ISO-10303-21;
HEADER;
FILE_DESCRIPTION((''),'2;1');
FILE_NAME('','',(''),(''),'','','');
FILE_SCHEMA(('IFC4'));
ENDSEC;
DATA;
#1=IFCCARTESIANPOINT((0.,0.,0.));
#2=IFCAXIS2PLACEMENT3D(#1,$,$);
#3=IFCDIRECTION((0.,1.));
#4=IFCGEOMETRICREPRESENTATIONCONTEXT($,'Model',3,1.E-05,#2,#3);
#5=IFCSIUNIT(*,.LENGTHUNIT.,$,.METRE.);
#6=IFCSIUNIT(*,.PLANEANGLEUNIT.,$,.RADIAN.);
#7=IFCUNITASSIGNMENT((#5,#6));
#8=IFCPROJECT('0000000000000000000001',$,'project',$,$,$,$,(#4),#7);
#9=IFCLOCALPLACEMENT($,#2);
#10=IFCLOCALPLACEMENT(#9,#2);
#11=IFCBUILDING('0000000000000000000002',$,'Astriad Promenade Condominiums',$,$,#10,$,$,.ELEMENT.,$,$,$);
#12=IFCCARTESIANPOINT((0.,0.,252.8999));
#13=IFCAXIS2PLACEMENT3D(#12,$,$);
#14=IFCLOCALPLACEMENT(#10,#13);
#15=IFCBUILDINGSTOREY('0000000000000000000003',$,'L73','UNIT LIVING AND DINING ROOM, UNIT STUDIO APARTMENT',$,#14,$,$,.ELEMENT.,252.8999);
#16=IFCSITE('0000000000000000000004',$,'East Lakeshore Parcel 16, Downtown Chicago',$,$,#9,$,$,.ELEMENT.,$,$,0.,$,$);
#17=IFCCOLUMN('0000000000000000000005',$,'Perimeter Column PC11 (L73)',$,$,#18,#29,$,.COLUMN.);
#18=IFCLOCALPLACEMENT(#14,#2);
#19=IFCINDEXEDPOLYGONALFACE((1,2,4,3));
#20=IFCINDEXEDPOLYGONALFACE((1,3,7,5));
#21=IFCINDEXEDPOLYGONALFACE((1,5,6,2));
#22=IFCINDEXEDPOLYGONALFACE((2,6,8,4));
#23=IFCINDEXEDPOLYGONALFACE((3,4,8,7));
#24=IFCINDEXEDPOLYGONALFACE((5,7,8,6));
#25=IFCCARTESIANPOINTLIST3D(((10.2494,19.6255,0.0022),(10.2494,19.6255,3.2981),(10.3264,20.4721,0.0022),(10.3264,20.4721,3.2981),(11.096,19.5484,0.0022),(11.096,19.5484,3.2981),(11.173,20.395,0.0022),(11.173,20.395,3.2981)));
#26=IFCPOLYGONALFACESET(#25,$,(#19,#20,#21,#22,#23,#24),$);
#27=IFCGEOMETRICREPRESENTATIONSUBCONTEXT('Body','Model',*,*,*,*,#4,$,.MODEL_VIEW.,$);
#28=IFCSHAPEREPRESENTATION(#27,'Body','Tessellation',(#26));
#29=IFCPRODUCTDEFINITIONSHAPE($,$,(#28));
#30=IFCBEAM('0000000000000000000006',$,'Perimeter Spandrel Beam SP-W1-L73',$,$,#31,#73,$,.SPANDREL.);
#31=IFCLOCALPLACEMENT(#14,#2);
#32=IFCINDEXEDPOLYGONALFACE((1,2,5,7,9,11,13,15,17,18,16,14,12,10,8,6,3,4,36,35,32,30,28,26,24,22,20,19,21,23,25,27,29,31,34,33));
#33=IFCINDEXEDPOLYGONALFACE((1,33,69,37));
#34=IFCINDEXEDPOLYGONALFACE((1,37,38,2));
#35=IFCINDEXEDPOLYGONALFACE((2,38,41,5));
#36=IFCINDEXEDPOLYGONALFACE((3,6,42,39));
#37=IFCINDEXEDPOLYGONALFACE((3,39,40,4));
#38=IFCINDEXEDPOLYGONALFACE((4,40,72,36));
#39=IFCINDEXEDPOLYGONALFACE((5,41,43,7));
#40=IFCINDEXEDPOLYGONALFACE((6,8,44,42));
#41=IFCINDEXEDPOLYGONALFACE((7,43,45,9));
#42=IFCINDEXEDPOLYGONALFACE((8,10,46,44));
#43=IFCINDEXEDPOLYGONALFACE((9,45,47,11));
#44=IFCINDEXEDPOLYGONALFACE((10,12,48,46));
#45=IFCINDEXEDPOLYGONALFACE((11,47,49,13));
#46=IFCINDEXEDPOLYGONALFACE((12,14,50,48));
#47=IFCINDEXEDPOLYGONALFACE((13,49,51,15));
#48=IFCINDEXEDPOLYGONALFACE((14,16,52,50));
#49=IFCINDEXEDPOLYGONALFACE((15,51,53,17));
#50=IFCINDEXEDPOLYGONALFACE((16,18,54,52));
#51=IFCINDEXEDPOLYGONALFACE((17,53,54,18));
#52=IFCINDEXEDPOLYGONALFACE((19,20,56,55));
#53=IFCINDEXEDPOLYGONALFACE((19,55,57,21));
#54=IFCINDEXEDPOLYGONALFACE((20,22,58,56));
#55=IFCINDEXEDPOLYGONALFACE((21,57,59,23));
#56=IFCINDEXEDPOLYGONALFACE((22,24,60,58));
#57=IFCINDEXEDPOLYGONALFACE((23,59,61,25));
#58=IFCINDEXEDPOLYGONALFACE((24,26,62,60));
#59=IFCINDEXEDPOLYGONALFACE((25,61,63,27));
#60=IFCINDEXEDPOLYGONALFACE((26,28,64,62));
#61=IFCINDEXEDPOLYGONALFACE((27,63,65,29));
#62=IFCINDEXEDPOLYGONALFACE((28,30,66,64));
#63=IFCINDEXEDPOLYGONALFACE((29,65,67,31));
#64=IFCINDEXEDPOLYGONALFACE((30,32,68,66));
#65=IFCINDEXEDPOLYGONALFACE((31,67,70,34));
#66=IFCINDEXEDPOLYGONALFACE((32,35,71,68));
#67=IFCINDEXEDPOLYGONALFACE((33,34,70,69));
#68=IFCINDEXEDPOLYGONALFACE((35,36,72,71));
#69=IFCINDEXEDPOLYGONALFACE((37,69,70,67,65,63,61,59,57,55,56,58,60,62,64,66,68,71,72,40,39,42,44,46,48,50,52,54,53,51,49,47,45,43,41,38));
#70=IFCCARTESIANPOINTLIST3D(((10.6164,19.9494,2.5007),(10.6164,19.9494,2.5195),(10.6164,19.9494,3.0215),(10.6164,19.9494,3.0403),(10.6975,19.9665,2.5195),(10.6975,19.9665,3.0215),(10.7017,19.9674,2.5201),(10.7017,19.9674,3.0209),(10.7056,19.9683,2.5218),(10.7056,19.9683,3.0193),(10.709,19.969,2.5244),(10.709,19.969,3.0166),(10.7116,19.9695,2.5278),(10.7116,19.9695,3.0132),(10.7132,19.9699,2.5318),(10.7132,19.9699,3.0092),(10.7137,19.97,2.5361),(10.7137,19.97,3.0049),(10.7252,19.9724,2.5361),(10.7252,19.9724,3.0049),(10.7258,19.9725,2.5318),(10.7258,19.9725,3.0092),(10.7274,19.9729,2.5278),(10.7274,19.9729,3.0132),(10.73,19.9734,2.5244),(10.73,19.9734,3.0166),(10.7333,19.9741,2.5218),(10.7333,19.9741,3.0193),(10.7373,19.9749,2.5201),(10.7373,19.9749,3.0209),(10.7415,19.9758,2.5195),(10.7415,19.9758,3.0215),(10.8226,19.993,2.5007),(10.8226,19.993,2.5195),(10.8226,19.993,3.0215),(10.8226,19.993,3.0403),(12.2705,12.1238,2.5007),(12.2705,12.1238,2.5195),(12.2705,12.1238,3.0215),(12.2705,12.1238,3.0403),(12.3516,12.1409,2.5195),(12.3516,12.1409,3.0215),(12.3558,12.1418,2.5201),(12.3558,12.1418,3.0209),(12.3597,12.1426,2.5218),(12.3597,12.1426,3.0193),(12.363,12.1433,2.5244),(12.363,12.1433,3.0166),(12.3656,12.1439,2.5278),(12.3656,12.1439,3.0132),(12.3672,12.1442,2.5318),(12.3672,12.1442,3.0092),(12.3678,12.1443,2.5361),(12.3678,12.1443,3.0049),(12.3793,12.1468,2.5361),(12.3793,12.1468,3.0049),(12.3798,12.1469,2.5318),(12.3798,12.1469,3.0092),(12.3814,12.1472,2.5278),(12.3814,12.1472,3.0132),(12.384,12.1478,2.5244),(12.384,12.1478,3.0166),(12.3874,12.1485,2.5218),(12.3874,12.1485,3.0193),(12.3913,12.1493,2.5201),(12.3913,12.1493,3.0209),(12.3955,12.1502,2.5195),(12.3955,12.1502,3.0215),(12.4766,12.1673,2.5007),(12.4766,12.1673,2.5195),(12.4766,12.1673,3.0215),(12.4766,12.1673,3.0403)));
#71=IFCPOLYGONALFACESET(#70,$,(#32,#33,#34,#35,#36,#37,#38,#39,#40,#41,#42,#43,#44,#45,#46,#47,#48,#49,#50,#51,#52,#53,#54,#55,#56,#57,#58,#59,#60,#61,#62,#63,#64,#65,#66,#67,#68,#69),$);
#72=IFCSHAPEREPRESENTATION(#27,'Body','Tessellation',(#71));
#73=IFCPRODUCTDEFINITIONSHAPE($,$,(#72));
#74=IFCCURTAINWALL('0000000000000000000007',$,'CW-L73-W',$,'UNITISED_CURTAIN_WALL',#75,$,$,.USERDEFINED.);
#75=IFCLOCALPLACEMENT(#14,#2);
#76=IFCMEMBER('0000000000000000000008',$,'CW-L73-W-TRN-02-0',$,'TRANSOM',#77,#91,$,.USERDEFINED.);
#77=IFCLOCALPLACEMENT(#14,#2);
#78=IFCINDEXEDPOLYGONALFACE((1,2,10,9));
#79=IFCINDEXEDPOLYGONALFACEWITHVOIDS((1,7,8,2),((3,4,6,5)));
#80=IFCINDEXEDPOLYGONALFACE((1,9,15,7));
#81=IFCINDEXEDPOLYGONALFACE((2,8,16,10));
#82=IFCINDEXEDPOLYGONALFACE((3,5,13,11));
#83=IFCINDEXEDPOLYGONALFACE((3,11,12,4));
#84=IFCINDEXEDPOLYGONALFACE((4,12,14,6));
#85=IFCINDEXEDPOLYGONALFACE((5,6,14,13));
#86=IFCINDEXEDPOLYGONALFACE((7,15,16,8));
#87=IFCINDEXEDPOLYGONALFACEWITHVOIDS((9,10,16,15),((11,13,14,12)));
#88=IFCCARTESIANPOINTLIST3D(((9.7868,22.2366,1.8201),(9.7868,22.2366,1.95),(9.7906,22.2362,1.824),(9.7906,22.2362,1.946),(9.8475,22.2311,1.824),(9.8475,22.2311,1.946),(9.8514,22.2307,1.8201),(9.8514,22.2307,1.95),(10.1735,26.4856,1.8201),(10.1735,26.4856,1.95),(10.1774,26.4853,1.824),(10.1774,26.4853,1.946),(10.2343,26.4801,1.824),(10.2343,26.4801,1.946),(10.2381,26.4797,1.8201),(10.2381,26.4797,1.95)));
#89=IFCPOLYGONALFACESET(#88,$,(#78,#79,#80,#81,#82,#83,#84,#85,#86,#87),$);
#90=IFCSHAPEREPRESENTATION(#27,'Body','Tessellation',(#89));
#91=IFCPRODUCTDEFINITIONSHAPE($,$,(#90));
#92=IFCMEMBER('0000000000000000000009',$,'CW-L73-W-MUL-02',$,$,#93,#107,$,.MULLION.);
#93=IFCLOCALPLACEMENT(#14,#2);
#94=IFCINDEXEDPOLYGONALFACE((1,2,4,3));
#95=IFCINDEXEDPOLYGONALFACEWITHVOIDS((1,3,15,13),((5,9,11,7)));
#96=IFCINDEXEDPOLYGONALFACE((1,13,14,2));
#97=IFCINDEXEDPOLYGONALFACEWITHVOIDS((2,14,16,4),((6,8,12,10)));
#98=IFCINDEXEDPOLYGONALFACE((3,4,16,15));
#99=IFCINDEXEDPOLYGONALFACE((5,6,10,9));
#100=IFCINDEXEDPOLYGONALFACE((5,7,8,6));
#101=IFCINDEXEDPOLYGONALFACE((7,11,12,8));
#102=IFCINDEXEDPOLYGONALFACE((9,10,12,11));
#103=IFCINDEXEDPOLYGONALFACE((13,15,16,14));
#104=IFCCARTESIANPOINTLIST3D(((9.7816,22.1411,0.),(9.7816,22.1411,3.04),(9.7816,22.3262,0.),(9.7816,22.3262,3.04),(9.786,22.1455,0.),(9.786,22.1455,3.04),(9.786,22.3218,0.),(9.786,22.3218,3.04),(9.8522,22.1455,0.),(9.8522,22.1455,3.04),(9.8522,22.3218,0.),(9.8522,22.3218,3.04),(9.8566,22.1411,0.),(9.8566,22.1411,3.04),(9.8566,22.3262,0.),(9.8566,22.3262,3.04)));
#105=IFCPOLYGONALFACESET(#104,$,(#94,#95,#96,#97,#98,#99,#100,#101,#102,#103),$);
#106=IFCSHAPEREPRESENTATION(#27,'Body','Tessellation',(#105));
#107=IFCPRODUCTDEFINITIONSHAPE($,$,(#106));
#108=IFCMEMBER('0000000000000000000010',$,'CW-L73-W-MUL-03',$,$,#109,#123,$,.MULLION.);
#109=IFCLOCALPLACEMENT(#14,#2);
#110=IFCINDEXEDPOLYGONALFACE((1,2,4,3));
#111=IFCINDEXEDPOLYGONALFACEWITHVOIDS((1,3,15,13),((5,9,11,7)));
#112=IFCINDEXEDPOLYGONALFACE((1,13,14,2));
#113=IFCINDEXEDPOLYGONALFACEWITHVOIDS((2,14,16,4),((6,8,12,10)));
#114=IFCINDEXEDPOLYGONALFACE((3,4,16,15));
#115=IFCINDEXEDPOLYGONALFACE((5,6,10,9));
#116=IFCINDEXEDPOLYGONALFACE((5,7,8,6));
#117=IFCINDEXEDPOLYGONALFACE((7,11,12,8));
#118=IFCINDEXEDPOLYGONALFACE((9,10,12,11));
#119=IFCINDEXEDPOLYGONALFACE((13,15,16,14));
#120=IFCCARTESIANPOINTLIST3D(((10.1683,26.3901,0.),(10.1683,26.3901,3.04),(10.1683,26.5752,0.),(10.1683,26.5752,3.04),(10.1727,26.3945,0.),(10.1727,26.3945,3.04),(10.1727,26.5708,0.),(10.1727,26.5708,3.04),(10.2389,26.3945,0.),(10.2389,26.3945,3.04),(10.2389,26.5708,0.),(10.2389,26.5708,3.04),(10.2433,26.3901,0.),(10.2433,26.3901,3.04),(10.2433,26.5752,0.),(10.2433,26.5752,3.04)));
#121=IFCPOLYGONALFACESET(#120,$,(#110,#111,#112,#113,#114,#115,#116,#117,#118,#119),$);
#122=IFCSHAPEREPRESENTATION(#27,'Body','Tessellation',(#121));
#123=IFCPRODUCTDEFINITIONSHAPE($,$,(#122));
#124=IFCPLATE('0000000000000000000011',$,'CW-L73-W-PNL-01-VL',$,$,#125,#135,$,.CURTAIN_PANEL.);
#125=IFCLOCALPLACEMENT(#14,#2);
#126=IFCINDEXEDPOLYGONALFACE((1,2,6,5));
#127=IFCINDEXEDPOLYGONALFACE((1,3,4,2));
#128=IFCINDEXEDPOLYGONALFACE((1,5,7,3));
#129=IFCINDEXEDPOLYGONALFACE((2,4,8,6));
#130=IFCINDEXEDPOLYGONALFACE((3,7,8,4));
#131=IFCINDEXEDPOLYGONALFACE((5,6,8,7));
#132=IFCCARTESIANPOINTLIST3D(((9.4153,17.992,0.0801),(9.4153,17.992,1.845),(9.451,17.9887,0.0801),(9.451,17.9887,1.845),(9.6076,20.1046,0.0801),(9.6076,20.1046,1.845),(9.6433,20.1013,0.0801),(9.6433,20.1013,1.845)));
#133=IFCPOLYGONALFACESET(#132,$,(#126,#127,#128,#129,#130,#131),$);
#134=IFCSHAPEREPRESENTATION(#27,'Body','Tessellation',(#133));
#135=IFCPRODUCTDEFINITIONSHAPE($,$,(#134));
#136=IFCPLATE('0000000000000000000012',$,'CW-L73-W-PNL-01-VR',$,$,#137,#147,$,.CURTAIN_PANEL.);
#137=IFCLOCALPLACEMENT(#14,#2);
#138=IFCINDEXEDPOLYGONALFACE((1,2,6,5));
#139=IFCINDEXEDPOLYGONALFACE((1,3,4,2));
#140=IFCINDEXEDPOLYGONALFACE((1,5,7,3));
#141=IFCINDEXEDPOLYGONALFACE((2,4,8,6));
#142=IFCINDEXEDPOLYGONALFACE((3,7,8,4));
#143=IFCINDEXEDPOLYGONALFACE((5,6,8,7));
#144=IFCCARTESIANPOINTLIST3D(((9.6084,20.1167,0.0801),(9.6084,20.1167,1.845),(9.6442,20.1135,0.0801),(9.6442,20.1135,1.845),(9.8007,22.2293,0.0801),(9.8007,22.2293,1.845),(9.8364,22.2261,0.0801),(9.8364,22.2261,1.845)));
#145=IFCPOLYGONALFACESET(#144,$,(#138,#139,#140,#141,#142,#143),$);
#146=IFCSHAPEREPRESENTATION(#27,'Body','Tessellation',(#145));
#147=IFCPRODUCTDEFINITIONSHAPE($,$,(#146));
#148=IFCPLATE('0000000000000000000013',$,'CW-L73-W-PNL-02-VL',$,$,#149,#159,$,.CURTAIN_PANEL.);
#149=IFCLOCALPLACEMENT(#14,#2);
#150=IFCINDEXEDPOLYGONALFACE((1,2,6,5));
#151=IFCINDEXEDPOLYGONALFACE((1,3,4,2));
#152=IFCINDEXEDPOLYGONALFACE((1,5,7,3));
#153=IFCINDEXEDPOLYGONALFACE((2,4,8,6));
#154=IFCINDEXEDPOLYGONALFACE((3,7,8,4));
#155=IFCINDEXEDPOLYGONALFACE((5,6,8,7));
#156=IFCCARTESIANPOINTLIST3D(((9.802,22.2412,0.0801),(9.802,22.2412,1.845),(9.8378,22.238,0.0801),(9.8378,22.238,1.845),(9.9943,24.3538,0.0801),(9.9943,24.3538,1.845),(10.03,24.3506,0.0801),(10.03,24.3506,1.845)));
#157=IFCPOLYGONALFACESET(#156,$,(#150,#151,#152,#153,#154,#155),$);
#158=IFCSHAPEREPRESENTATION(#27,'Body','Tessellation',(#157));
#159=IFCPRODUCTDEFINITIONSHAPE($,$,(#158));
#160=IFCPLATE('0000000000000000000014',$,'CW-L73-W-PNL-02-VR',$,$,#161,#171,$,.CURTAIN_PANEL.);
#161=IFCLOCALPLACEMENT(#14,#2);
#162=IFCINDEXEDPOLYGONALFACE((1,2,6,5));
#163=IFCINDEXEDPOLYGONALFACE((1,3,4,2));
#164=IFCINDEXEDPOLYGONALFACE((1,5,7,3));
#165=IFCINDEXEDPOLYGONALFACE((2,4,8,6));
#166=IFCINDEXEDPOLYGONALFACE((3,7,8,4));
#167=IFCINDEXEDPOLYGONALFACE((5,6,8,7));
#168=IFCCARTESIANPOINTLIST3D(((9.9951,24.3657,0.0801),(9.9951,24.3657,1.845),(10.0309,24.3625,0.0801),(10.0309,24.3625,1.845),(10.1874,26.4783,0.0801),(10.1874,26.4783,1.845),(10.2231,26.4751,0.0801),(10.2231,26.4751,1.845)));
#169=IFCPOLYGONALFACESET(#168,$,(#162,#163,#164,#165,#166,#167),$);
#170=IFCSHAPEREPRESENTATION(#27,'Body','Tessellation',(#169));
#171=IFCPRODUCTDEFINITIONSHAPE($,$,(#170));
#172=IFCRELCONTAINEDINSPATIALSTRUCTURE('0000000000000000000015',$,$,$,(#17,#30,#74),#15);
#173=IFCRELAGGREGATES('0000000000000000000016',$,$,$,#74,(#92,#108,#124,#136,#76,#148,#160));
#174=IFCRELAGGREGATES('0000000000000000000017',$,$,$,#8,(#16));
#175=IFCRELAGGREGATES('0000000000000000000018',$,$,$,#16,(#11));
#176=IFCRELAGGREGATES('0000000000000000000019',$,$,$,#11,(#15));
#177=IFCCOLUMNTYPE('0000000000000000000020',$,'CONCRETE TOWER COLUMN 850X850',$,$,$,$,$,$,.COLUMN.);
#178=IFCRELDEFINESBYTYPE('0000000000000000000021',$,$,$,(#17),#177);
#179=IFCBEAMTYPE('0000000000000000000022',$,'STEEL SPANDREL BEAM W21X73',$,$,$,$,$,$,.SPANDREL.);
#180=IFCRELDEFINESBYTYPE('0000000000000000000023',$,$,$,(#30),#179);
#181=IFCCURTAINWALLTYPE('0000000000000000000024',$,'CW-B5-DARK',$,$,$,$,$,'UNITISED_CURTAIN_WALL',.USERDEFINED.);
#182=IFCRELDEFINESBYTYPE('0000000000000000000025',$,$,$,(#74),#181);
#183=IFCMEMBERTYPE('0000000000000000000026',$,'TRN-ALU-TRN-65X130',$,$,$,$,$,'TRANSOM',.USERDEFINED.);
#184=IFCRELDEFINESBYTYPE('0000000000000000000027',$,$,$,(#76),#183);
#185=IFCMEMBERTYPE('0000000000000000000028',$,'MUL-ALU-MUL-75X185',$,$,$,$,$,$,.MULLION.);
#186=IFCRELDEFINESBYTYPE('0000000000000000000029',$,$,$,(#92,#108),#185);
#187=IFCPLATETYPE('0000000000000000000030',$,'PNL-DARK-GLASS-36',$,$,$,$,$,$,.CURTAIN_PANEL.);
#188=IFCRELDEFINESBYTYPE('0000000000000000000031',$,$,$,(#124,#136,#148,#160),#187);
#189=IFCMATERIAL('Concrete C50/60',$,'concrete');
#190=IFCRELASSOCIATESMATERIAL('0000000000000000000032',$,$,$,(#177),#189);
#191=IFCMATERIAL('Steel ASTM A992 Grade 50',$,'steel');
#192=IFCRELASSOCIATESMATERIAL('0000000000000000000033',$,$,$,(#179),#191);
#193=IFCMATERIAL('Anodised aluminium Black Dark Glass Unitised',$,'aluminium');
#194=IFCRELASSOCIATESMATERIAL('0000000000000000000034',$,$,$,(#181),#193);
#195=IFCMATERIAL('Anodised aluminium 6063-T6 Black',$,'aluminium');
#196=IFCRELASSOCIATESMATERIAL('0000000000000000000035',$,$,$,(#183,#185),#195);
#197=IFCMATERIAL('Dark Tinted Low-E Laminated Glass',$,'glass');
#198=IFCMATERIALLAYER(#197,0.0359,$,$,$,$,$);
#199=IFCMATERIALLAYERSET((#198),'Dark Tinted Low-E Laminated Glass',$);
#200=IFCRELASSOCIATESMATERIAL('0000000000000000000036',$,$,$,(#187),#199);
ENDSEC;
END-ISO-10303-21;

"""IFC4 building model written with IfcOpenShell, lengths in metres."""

from ifc_helpers import new_model, si_unit, direction, frame, origin, origin_2d, place, context, subcontext, project, spatial, rectangle, hollow_rectangle, i_section, extrude, source, transform, mapped, material, layer, layer_set, material_profile, profile_set, type_object, type_shapes, element, aggregate, save


model = new_model("IFC4")

# Units and contexts
model_context = context("Model", 3, precision=1e-05, world=origin(), true_north=direction((0.0, 1.0)))
body_context = subcontext(model_context, "Body", "Model", "MODEL_VIEW")
ifc_project = project(units=[si_unit("LENGTHUNIT", "METRE"), si_unit("PLANEANGLEUNIT", "RADIAN")], contexts=[model_context])

# Site, building, storey
site_placement = place(None, origin())
site = spatial("IfcSite", under=ifc_project, at=site_placement, Name="East Lakeshore Parcel 16, Downtown Chicago", CompositionType="ELEMENT", RefElevation=0.0)
building_placement = place(site_placement, origin())
building = spatial("IfcBuilding", under=site, at=building_placement, Name="Astriad Promenade Condominiums", CompositionType="ELEMENT")
storey_placement = place(building_placement, frame((0.0, 0.0, 252.8999)))
storey = spatial("IfcBuildingStorey", under=building, at=storey_placement, Name="L73", Description="UNIT LIVING AND DINING ROOM, UNIT STUDIO APARTMENT", CompositionType="ELEMENT", Elevation=252.8999)

# Column
ifc_material_1 = material(Name="Concrete C50/60", Category="concrete")
ifc_material_profile_1 = material_profile(ifc_material_1, rectangle(XDim=0.8501, YDim=0.8501, at=origin_2d()), Name="RC-COL-850X850")
ifc_profile_set_1 = profile_set([ifc_material_profile_1], Name="Concrete C50/60")
column_type = type_object("IfcColumnType", Name="CONCRETE TOWER COLUMN 850X850", PredefinedType="COLUMN", material=ifc_profile_set_1)
shared_shape_1 = source(origin(), body_context, "Body", "SweptSolid", [
    extrude(rectangle(XDim=0.8501, YDim=0.8501, at=origin_2d()), origin(), (0.0, 0.0, 1.0), 3.2959),
])
type_shapes(column_type, [shared_shape_1])
column_placement = place(storey_placement, frame((10.7112, 20.0103, 0.0022), z_axis=(0.0, 0.0, 1.0), x_axis=(0.995884, -0.090633, 0.0)))
element("IfcColumn", 1, at=column_placement, inside=storey, type_object=column_type, Name="Perimeter Column PC11 (L73)", PredefinedType="COLUMN", context=body_context, shape_type="MappedRepresentation", body=[
    mapped(shared_shape_1, transform((0.0, 0.0, 0.0), scale=1.0)),
])

# Beam
ifc_material_2 = material(Name="Steel ASTM A992 Grade 50", Category="steel")
ifc_material_profile_2 = material_profile(ifc_material_2, i_section(OverallWidth=0.2107, OverallDepth=0.5396, WebThickness=0.0117, FlangeThickness=0.0188, FilletRadius=0.0166, at=origin_2d()), Name="W21X73")
ifc_profile_set_2 = profile_set([ifc_material_profile_2], Name="Steel ASTM A992 Grade 50")
beam_type = type_object("IfcBeamType", Name="STEEL SPANDREL BEAM W21X73", PredefinedType="SPANDREL", material=ifc_profile_set_2)
shared_shape_2 = source(origin(), body_context, "Body", "SweptSolid", [
    extrude(i_section(OverallWidth=0.2107, OverallDepth=0.5396, WebThickness=0.0117, FlangeThickness=0.0188, FilletRadius=0.0166, at=origin_2d()), origin(), (0.0, 0.0, 1.0), 7.9985),
])
type_shapes(beam_type, [shared_shape_2])
beam_placement = place(storey_placement, frame((10.7195, 19.9712, 2.7705), z_axis=(0.206793, -0.978385, 0.0), x_axis=(0.978385, 0.206793, 0.0)))
element("IfcBeam", 2, at=beam_placement, inside=storey, type_object=beam_type, Name="Perimeter Spandrel Beam SP-W1-L73", PredefinedType="SPANDREL", context=body_context, shape_type="MappedRepresentation", body=[
    mapped(shared_shape_2, transform((0.0, 0.0, 0.0), scale=1.0)),
])

# Curtain wall, members, plates
ifc_material_3 = material(Name="Anodised aluminium Black Dark Glass Unitised", Category="aluminium")
curtain_wall_type = type_object("IfcCurtainWallType", Name="CW-B5-DARK", ElementType="UNITISED_CURTAIN_WALL", PredefinedType="USERDEFINED", material=ifc_material_3)
curtain_wall_placement = place(storey_placement, origin())
curtain_wall = element("IfcCurtainWall", 3, at=curtain_wall_placement, inside=storey, type_object=curtain_wall_type, Name="CW-L73-W", ObjectType="UNITISED_CURTAIN_WALL", PredefinedType="USERDEFINED")
ifc_material_4 = material(Name="Anodised aluminium 6063-T6 Black", Category="aluminium")
ifc_material_profile_3 = material_profile(ifc_material_4, hollow_rectangle(XDim=0.0649, YDim=0.1299, WallThickness=0.0039, at=origin_2d()), Name="ALU-TRN-65X130")
ifc_profile_set_3 = profile_set([ifc_material_profile_3], Name="Anodised aluminium 6063-T6 Black")
member_type_1 = type_object("IfcMemberType", Name="TRN-ALU-TRN-65X130", ElementType="TRANSOM", PredefinedType="USERDEFINED", material=ifc_profile_set_3)
shared_shape_3 = source(origin(), body_context, "Body", "SweptSolid", [
    extrude(hollow_rectangle(XDim=0.0649, YDim=0.1299, WallThickness=0.0039, at=origin_2d()), origin(), (0.0, 0.0, 1.0), 4.2666),
])
type_shapes(member_type_1, [shared_shape_3])
member_1_placement = place(storey_placement, frame((9.8191, 22.2336, 1.885), z_axis=(0.090639, 0.995884, 0.0), x_axis=(-0.995884, 0.090639, 0.0)))
member_1 = element("IfcMember", 4, at=member_1_placement, type_object=member_type_1, Name="CW-L73-W-TRN-02-0", ObjectType="TRANSOM", PredefinedType="USERDEFINED", context=body_context, shape_type="MappedRepresentation", body=[
    mapped(shared_shape_3, transform((0.0, 0.0, 0.0), scale=1.0)),
])
ifc_material_profile_4 = material_profile(ifc_material_4, hollow_rectangle(XDim=0.075, YDim=0.1851, WallThickness=0.0044, at=origin_2d()), Name="ALU-MUL-75X185")
ifc_profile_set_4 = profile_set([ifc_material_profile_4], Name="Anodised aluminium 6063-T6 Black")
member_type_2 = type_object("IfcMemberType", Name="MUL-ALU-MUL-75X185", PredefinedType="MULLION", material=ifc_profile_set_4)
shared_shape_4 = source(origin(), body_context, "Body", "SweptSolid", [
    extrude(hollow_rectangle(XDim=0.075, YDim=0.1851, WallThickness=0.0044, at=origin_2d()), origin(), (0.0, 0.0, 1.0), 3.04),
])
type_shapes(member_type_2, [shared_shape_4])
member_2_placement = place(storey_placement, frame((9.8191, 22.2336, 0.0), z_axis=(0.0, 0.0, 1.0), x_axis=(1.0, 0.0, 0.0)))
member_2 = element("IfcMember", 5, at=member_2_placement, type_object=member_type_2, Name="CW-L73-W-MUL-02", PredefinedType="MULLION", context=body_context, shape_type="MappedRepresentation", body=[
    mapped(shared_shape_4, transform((0.0, 0.0, 0.0), scale=1.0)),
])
member_3_placement = place(storey_placement, frame((10.2058, 26.4827, 0.0), z_axis=(0.0, 0.0, 1.0), x_axis=(1.0, 0.0, 0.0)))
member_3 = element("IfcMember", 6, at=member_3_placement, type_object=member_type_2, Name="CW-L73-W-MUL-03", PredefinedType="MULLION", context=body_context, shape_type="MappedRepresentation", body=[
    mapped(shared_shape_4, transform((0.0, 0.0, 0.0), scale=1.0)),
])
ifc_material_5 = material(Name="Dark Tinted Low-E Laminated Glass", Category="glass")
ifc_layer_1 = layer(ifc_material_5, 0.0359)
ifc_layer_set_1 = layer_set([ifc_layer_1], Name="Dark Tinted Low-E Laminated Glass")
plate_type = type_object("IfcPlateType", Name="PNL-DARK-GLASS-36", PredefinedType="CURTAIN_PANEL", material=ifc_layer_set_1)
shared_shape_5 = source(origin(), body_context, "Body", "SweptSolid", [
    extrude(rectangle(XDim=2.1213, YDim=0.0359, at=origin_2d()), origin(), (0.0, 0.0, 1.0), 1.7649),
])
plate_1_placement = place(storey_placement, frame((9.5293, 19.0466, 0.0801), z_axis=(0.0, 0.0, 1.0), x_axis=(0.090633, 0.995884, 0.0)))
plate_1 = element("IfcPlate", 7, at=plate_1_placement, type_object=plate_type, Name="CW-L73-W-PNL-01-VL", PredefinedType="CURTAIN_PANEL", context=body_context, shape_type="MappedRepresentation", body=[
    mapped(shared_shape_5, transform((0.0, 0.0, 0.0), scale=1.0)),
])
plate_2_placement = place(storey_placement, frame((9.7224, 21.1714, 0.0801), z_axis=(0.0, 0.0, 1.0), x_axis=(0.090633, 0.995884, 0.0)))
plate_2 = element("IfcPlate", 8, at=plate_2_placement, type_object=plate_type, Name="CW-L73-W-PNL-01-VR", PredefinedType="CURTAIN_PANEL", context=body_context, shape_type="MappedRepresentation", body=[
    mapped(shared_shape_5, transform((0.0, 0.0, 0.0), scale=1.0)),
])
plate_3_placement = place(storey_placement, frame((9.916, 23.2959, 0.0801), z_axis=(0.0, 0.0, 1.0), x_axis=(0.090633, 0.995884, 0.0)))
plate_3 = element("IfcPlate", 9, at=plate_3_placement, type_object=plate_type, Name="CW-L73-W-PNL-02-VL", PredefinedType="CURTAIN_PANEL", context=body_context, shape_type="MappedRepresentation", body=[
    mapped(shared_shape_5, transform((0.0, 0.0, 0.0), scale=1.0)),
])
plate_4_placement = place(storey_placement, frame((10.1091, 25.4204, 0.0801), z_axis=(0.0, 0.0, 1.0), x_axis=(0.090633, 0.995884, 0.0)))
plate_4 = element("IfcPlate", 10, at=plate_4_placement, type_object=plate_type, Name="CW-L73-W-PNL-02-VR", PredefinedType="CURTAIN_PANEL", context=body_context, shape_type="MappedRepresentation", body=[
    mapped(shared_shape_5, transform((0.0, 0.0, 0.0), scale=1.0)),
])
aggregate(curtain_wall, [member_2, member_3, plate_1, plate_2, member_1, plate_3, plate_4])

save(model, "model.ifc")
